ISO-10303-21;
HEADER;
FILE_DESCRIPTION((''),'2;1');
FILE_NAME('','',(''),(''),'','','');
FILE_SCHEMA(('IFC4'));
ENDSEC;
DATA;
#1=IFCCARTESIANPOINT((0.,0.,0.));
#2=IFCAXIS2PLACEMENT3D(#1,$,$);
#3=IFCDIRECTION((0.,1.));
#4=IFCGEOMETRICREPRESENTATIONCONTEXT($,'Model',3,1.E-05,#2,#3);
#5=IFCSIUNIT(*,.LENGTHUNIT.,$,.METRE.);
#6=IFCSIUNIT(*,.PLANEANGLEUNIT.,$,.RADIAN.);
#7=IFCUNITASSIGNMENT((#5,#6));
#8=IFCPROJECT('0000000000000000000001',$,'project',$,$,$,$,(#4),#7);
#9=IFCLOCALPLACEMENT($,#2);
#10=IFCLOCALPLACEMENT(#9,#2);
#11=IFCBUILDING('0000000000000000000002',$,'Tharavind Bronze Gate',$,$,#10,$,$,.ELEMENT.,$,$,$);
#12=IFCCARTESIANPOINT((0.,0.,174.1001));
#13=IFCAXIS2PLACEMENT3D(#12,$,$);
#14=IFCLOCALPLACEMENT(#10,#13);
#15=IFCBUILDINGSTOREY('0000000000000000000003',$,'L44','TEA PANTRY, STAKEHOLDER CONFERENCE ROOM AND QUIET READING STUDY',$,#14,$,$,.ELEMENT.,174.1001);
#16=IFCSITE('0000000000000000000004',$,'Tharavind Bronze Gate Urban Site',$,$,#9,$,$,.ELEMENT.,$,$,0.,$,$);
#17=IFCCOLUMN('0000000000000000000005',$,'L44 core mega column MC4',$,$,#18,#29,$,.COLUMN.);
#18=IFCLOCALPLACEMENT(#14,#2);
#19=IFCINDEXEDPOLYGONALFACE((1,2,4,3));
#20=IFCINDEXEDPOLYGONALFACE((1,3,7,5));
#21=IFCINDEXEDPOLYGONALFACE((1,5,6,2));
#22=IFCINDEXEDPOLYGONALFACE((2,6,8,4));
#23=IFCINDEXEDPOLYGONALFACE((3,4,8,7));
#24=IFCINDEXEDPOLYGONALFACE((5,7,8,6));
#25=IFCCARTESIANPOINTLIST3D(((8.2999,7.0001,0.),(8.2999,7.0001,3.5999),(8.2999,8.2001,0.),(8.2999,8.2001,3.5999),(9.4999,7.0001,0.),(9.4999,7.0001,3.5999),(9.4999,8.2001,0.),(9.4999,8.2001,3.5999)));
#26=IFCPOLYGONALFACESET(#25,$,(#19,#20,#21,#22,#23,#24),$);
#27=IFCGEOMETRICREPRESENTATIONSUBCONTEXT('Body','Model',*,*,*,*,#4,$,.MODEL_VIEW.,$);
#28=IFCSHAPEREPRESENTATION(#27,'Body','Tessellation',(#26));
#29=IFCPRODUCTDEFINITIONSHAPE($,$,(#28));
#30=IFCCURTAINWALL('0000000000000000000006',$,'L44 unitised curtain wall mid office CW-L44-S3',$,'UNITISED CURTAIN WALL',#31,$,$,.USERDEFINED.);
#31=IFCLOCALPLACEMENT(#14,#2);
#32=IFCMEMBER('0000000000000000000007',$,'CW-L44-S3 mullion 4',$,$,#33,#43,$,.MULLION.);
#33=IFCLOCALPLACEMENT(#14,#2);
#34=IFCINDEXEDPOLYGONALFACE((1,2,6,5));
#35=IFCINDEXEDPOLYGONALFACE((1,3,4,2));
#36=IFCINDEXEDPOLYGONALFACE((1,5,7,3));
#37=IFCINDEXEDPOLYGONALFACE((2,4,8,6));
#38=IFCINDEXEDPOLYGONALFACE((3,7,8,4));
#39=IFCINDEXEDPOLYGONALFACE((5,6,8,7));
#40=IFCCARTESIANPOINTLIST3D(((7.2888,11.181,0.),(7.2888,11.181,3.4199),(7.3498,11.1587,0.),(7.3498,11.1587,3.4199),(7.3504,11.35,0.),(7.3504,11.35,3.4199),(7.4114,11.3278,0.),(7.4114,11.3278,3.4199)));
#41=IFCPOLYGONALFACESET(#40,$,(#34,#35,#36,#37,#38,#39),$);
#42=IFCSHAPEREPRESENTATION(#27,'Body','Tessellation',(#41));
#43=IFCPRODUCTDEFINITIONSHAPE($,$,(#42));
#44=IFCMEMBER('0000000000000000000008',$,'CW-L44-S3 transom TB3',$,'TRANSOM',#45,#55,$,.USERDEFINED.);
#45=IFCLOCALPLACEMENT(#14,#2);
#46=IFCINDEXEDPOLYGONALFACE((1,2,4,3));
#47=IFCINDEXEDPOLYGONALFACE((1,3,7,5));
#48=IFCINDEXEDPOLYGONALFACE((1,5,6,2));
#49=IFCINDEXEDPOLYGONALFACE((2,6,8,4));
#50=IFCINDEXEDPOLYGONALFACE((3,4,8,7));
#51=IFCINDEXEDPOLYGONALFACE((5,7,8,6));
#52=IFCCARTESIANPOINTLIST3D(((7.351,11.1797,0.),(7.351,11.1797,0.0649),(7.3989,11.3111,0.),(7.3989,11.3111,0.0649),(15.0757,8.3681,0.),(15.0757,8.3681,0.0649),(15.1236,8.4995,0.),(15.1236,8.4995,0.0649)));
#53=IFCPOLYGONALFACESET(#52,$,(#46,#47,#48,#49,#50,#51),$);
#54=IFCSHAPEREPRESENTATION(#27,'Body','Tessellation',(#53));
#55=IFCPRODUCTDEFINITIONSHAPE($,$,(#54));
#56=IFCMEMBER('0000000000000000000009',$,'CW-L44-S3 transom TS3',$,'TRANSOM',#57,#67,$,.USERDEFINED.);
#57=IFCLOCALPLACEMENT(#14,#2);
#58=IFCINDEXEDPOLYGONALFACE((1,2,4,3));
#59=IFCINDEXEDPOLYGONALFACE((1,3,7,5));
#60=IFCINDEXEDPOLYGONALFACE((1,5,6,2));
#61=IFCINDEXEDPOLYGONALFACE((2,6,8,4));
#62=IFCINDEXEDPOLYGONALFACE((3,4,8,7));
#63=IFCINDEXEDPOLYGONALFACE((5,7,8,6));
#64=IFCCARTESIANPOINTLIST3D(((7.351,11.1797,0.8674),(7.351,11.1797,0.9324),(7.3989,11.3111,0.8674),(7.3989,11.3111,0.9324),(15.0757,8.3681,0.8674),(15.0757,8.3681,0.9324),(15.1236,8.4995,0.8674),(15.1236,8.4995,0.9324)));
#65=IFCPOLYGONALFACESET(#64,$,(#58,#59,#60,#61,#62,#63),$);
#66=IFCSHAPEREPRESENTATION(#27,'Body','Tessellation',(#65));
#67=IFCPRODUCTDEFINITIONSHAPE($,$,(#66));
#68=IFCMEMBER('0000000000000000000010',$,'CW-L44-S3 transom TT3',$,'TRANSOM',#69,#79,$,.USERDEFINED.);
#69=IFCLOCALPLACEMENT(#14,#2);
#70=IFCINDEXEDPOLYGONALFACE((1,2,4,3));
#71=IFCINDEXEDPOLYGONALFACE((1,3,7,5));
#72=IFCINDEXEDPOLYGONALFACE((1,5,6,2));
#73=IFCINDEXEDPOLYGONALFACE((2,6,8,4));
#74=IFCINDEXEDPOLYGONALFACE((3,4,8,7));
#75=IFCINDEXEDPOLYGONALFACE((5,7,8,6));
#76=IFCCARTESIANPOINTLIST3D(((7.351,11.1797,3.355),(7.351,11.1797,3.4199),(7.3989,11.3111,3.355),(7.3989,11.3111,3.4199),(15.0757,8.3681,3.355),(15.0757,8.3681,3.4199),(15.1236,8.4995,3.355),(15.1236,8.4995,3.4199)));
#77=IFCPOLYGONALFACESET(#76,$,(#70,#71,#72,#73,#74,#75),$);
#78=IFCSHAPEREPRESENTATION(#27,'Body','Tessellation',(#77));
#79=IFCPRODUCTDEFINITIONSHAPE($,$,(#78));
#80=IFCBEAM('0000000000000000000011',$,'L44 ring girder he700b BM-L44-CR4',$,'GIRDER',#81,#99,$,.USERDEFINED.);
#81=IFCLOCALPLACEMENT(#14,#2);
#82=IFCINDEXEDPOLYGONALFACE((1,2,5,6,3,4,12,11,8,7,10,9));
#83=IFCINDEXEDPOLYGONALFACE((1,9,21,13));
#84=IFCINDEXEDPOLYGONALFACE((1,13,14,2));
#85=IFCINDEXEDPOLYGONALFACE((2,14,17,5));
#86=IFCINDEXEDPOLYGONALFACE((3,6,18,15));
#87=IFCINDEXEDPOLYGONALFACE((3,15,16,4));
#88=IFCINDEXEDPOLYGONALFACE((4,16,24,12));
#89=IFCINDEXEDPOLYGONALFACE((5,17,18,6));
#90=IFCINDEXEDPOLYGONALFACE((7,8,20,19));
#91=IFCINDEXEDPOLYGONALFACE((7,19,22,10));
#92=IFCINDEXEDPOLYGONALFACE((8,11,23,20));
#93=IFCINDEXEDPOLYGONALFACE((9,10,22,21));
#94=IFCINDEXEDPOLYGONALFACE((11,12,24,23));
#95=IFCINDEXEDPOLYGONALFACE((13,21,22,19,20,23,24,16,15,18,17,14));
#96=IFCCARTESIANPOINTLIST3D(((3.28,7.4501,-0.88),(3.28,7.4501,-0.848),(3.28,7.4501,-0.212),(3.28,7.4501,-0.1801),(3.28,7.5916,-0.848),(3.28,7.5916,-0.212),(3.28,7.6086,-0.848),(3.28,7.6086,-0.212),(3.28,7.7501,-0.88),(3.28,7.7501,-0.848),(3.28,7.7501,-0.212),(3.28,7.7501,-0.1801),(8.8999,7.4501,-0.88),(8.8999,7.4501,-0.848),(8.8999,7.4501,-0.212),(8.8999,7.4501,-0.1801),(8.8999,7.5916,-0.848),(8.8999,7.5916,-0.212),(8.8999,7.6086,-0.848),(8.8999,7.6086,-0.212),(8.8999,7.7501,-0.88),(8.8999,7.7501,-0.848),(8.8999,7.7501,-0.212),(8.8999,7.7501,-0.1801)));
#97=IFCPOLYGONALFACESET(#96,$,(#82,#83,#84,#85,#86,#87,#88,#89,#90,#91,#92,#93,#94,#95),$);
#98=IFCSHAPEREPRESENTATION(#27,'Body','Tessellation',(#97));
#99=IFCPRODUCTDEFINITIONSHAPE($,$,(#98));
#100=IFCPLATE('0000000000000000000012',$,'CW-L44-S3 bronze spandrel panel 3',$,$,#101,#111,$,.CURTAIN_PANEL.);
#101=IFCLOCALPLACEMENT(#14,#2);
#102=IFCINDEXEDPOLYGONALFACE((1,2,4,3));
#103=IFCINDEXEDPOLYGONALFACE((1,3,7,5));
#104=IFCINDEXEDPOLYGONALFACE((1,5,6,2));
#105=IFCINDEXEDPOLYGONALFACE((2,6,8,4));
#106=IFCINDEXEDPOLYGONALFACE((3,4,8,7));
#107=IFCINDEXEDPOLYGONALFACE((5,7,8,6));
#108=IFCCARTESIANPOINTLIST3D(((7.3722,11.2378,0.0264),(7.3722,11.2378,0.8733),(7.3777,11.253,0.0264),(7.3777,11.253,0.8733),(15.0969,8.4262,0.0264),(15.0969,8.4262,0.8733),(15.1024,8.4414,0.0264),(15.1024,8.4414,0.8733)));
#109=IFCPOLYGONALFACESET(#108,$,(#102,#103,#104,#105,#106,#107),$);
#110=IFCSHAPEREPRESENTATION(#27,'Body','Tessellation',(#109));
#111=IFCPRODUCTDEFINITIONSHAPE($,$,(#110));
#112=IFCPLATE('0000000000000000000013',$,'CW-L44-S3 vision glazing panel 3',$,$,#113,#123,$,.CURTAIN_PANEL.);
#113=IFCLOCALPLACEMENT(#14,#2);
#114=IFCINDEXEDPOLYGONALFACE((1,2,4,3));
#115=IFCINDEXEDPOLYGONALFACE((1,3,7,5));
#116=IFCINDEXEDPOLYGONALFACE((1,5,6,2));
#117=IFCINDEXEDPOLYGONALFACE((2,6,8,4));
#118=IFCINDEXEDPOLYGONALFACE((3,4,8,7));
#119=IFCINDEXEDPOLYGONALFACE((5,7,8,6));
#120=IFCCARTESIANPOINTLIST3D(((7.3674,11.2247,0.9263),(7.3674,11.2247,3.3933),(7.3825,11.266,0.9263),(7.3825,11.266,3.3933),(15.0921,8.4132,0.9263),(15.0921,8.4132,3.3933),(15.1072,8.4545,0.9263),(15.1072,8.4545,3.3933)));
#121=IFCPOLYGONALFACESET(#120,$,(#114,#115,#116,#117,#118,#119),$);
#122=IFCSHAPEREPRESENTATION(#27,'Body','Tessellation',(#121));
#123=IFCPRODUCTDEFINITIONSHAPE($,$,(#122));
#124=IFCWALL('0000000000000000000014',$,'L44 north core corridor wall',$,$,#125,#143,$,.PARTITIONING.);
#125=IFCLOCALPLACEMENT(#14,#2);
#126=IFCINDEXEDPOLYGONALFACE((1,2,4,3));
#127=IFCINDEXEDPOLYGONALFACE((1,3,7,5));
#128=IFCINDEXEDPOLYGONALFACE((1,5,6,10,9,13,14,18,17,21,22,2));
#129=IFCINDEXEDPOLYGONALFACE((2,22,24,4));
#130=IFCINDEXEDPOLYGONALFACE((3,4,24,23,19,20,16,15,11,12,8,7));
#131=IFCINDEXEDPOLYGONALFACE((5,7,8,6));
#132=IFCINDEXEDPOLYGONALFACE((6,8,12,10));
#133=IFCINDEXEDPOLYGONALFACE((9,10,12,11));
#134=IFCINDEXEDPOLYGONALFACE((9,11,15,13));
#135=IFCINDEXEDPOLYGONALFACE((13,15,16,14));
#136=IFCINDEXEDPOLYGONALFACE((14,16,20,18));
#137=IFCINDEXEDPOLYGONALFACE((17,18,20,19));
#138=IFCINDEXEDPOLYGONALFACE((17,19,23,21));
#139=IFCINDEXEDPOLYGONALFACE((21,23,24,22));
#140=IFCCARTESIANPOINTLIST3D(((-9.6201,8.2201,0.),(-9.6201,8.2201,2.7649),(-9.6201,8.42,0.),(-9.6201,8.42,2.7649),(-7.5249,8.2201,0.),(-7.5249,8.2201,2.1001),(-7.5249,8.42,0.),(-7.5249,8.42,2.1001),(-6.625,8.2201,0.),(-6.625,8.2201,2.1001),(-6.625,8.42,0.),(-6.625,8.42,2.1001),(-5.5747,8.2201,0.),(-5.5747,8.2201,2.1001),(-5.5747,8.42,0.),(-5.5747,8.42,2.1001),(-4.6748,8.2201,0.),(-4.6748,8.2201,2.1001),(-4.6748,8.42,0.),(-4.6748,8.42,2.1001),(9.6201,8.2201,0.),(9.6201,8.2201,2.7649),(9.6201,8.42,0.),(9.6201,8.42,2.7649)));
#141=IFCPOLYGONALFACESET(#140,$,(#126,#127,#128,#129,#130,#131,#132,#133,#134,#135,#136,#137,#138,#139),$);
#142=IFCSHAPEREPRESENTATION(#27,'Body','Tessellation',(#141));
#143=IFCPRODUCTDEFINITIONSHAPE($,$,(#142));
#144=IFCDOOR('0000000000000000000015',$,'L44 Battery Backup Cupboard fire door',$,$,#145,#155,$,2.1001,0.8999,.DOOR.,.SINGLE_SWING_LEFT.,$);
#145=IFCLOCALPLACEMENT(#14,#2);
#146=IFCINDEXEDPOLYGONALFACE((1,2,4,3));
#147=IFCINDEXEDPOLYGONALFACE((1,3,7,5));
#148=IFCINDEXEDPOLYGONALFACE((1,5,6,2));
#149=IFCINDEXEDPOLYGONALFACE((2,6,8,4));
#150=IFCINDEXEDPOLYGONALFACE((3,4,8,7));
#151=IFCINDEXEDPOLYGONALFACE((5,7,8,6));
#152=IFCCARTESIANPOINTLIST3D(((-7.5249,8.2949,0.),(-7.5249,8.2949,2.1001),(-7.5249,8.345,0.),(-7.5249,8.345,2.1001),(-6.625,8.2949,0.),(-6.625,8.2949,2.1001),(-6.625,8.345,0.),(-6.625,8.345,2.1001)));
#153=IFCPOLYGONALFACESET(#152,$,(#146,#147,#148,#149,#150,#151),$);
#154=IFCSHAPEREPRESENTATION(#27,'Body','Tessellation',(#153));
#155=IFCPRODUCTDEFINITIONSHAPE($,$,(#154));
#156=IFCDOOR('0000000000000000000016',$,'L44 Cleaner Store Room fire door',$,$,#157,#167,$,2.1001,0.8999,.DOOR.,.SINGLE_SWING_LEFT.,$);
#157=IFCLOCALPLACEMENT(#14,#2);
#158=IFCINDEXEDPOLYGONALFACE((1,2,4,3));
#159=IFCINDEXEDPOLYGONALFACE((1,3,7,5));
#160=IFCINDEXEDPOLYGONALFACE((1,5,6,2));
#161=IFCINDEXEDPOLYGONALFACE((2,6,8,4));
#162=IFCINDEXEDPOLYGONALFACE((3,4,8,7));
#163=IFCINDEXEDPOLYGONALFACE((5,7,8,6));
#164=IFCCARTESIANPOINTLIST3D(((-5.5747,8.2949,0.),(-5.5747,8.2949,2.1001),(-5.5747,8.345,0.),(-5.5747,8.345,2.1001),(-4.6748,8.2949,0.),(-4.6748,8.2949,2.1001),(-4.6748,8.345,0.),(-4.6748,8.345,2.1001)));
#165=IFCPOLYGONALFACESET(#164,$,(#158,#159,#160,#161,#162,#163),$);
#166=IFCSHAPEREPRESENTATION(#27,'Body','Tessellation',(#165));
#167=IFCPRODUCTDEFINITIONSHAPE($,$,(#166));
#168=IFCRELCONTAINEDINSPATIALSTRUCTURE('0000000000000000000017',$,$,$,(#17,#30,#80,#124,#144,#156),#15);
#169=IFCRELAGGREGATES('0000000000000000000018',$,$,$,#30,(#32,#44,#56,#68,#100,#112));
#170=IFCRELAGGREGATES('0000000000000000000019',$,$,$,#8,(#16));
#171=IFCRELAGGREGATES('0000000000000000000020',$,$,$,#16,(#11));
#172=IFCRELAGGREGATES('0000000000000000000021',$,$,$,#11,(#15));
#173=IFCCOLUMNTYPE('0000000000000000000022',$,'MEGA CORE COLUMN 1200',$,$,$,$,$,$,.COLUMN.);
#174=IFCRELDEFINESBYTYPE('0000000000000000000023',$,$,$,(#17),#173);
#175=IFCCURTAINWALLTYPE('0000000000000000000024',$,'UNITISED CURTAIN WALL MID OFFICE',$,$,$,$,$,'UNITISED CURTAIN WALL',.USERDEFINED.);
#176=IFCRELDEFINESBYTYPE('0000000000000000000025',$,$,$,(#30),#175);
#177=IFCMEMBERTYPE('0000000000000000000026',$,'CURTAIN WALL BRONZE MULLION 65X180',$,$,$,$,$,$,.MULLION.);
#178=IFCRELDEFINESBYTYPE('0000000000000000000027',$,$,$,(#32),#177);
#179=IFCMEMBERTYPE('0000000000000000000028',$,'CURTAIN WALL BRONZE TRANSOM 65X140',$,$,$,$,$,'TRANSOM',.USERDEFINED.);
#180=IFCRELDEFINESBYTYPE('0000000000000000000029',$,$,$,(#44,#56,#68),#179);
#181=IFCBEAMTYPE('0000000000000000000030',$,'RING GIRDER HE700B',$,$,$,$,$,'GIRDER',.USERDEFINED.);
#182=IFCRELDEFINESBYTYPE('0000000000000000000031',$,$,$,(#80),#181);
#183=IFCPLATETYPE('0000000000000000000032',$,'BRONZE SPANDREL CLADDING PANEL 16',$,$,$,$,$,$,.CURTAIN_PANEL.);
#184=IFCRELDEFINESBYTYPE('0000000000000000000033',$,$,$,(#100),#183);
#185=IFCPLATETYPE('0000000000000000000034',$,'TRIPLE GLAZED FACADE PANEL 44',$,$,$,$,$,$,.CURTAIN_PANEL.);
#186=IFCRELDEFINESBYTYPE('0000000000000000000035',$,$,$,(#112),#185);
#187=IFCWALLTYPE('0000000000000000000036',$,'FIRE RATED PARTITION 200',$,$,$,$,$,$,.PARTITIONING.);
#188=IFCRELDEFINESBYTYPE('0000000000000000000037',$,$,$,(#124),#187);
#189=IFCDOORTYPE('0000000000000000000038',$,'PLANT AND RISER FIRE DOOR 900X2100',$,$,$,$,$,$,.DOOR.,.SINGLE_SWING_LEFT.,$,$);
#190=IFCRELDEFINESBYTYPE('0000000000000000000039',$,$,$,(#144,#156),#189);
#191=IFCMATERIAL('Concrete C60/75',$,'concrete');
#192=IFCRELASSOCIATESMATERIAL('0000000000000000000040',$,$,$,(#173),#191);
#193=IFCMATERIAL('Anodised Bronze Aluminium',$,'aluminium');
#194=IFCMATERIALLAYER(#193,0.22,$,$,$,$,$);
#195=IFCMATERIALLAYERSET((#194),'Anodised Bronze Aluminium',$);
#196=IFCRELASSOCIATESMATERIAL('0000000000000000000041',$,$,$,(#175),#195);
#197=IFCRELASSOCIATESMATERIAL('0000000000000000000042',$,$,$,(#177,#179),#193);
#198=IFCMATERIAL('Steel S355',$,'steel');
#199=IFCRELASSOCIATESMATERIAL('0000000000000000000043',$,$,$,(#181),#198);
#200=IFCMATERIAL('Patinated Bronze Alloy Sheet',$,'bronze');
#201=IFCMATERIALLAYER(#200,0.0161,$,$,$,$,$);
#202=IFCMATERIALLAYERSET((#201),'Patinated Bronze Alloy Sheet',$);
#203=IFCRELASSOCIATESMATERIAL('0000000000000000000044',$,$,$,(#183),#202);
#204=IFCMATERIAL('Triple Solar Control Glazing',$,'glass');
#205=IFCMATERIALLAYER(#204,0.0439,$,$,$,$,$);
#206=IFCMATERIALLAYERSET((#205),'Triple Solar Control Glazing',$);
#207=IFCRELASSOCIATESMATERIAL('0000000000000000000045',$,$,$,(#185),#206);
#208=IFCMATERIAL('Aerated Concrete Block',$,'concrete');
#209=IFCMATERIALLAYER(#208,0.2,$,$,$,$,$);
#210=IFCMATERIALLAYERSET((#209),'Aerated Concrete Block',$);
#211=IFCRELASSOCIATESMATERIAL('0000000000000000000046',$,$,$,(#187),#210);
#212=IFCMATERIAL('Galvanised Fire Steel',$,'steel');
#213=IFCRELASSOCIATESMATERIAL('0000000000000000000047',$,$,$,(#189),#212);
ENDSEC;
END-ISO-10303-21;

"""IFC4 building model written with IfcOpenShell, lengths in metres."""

from ifc_helpers import new_model, si_unit, direction, frame, frame_2d, origin, origin_2d, place, context, subcontext, project, spatial, rectangle, i_section, extrude, material, layer, layer_set, material_profile, profile_set, type_object, element, fill, aggregate, save


model = new_model("IFC4")

# Units and contexts
model_context = context("Model", 3, precision=1e-05, world=origin(), true_north=direction((0.0, 1.0)))
body_context = subcontext(model_context, "Body", "Model", "MODEL_VIEW")
ifc_project = project(units=[si_unit("LENGTHUNIT", "METRE"), si_unit("PLANEANGLEUNIT", "RADIAN")], contexts=[model_context])

# Site, building, storey
site_placement = place(None, origin())
site = spatial("IfcSite", under=ifc_project, at=site_placement, Name="Tharavind Bronze Gate Urban Site", CompositionType="ELEMENT", RefElevation=0.0)
building_placement = place(site_placement, origin())
building = spatial("IfcBuilding", under=site, at=building_placement, Name="Tharavind Bronze Gate", CompositionType="ELEMENT")
storey_placement = place(building_placement, frame((0.0, 0.0, 174.1001)))
storey = spatial("IfcBuildingStorey", under=building, at=storey_placement, Name="L44", Description="TEA PANTRY, STAKEHOLDER CONFERENCE ROOM AND QUIET READING STUDY", CompositionType="ELEMENT", Elevation=174.1001)

# Column
ifc_material_1 = material(Name="Concrete C60/75", Category="concrete")
ifc_material_profile_1 = material_profile(ifc_material_1, rectangle(XDim=1.2, YDim=1.2, at=origin_2d()), Name="RCCOL1200")
ifc_profile_set_1 = profile_set([ifc_material_profile_1], Name="Concrete C60/75")
column_type = type_object("IfcColumnType", Name="MEGA CORE COLUMN 1200", PredefinedType="COLUMN", material=ifc_profile_set_1)
column_placement = place(storey_placement, frame((8.8999, 7.6001, 0.0), z_axis=(0.0, 0.0, 1.0), x_axis=(1.0, 0.0, 0.0)))
element("IfcColumn", 1, at=column_placement, inside=storey, type_object=column_type, Name="L44 core mega column MC4", PredefinedType="COLUMN", context=body_context, shape_type="SweptSolid", body=[
    extrude(rectangle(XDim=1.2, YDim=1.2, at=origin_2d()), origin(), (0.0, 0.0, 1.0), 3.5999),
])

# Curtain wall, members
ifc_material_2 = material(Name="Anodised Bronze Aluminium", Category="aluminium")
ifc_layer_1 = layer(ifc_material_2, 0.22)
ifc_layer_set_1 = layer_set([ifc_layer_1], Name="Anodised Bronze Aluminium")
curtain_wall_type = type_object("IfcCurtainWallType", Name="UNITISED CURTAIN WALL MID OFFICE", ElementType="UNITISED CURTAIN WALL", PredefinedType="USERDEFINED", material=ifc_layer_set_1)
curtain_wall_placement = place(storey_placement, origin())
curtain_wall = element("IfcCurtainWall", 2, at=curtain_wall_placement, inside=storey, type_object=curtain_wall_type, Name="L44 unitised curtain wall mid office CW-L44-S3", ObjectType="UNITISED CURTAIN WALL", PredefinedType="USERDEFINED")
member_type_1 = type_object("IfcMemberType", Name="CURTAIN WALL BRONZE MULLION 65X180", PredefinedType="MULLION", material=ifc_material_2)
member_1_placement = place(storey_placement, frame((7.3501, 11.2544, 0.0), z_axis=(0.0, 0.0, 1.0), x_axis=(-0.939692, 0.342022, 0.0)))
member_1 = element("IfcMember", 3, at=member_1_placement, type_object=member_type_1, Name="CW-L44-S3 mullion 4", PredefinedType="MULLION", context=body_context, shape_type="SweptSolid", body=[
    extrude(rectangle(XDim=0.0649, YDim=0.1799, at=origin_2d()), origin(), (0.0, 0.0, 1.0), 3.4199),
])
member_type_2 = type_object("IfcMemberType", Name="CURTAIN WALL BRONZE TRANSOM 65X140", ElementType="TRANSOM", PredefinedType="USERDEFINED", material=ifc_material_2)
member_2_placement = place(storey_placement, frame((11.2373, 9.8396, 0.0), z_axis=(0.0, 0.0, 1.0), x_axis=(-0.939692, 0.342022, 0.0)))
member_2 = element("IfcMember", 4, at=member_2_placement, type_object=member_type_2, Name="CW-L44-S3 transom TB3", ObjectType="TRANSOM", PredefinedType="USERDEFINED", context=body_context, shape_type="SweptSolid", body=[
    extrude(rectangle(XDim=8.2205, YDim=0.1399, at=origin_2d()), origin(), (0.0, 0.0, 1.0), 0.0649),
])
member_3_placement = place(storey_placement, frame((11.2373, 9.8396, 0.8674), z_axis=(0.0, 0.0, 1.0), x_axis=(-0.939692, 0.342022, 0.0)))
member_3 = element("IfcMember", 5, at=member_3_placement, type_object=member_type_2, Name="CW-L44-S3 transom TS3", ObjectType="TRANSOM", PredefinedType="USERDEFINED", context=body_context, shape_type="SweptSolid", body=[
    extrude(rectangle(XDim=8.2205, YDim=0.1399, at=origin_2d()), origin(), (0.0, 0.0, 1.0), 0.0649),
])
member_4_placement = place(storey_placement, frame((11.2373, 9.8396, 3.355), z_axis=(0.0, 0.0, 1.0), x_axis=(-0.939692, 0.342022, 0.0)))
member_4 = element("IfcMember", 6, at=member_4_placement, type_object=member_type_2, Name="CW-L44-S3 transom TT3", ObjectType="TRANSOM", PredefinedType="USERDEFINED", context=body_context, shape_type="SweptSolid", body=[
    extrude(rectangle(XDim=8.2205, YDim=0.1399, at=origin_2d()), origin(), (0.0, 0.0, 1.0), 0.0649),
])

# Beam
ifc_material_3 = material(Name="Steel S355", Category="steel")
ifc_material_profile_2 = material_profile(ifc_material_3, i_section(OverallWidth=0.3, OverallDepth=0.7, WebThickness=0.0171, FlangeThickness=0.032, at=origin_2d()), Name="HE700B")
ifc_profile_set_2 = profile_set([ifc_material_profile_2], Name="Steel S355")
beam_type = type_object("IfcBeamType", Name="RING GIRDER HE700B", ElementType="GIRDER", PredefinedType="USERDEFINED", material=ifc_profile_set_2)
beam_placement = place(storey_placement, frame((8.8999, 7.6001, -0.53), z_axis=(-1.0, 0.0, 0.0), x_axis=(0.0, -1.0, 0.0)))
element("IfcBeam", 7, at=beam_placement, inside=storey, type_object=beam_type, Name="L44 ring girder he700b BM-L44-CR4", ObjectType="GIRDER", PredefinedType="USERDEFINED", context=body_context, shape_type="SweptSolid", body=[
    extrude(i_section(OverallWidth=0.3, OverallDepth=0.7, WebThickness=0.0171, FlangeThickness=0.032, at=origin_2d()), origin(), (0.0, 0.0, 1.0), 5.6199),
])

# Plates
ifc_material_4 = material(Name="Patinated Bronze Alloy Sheet", Category="bronze")
ifc_layer_2 = layer(ifc_material_4, 0.0161)
ifc_layer_set_2 = layer_set([ifc_layer_2], Name="Patinated Bronze Alloy Sheet")
plate_type_1 = type_object("IfcPlateType", Name="BRONZE SPANDREL CLADDING PANEL 16", PredefinedType="CURTAIN_PANEL", material=ifc_layer_set_2)
plate_1_placement = place(storey_placement, frame((11.2373, 9.8396, 0.0264), z_axis=(0.0, 0.0, 1.0), x_axis=(-0.939692, 0.342022, 0.0)))
plate_1 = element("IfcPlate", 8, at=plate_1_placement, type_object=plate_type_1, Name="CW-L44-S3 bronze spandrel panel 3", PredefinedType="CURTAIN_PANEL", context=body_context, shape_type="SweptSolid", body=[
    extrude(rectangle(XDim=8.2205, YDim=0.0161, at=origin_2d()), origin(), (0.0, 0.0, 1.0), 0.8469),
])
ifc_material_5 = material(Name="Triple Solar Control Glazing", Category="glass")
ifc_layer_3 = layer(ifc_material_5, 0.0439)
ifc_layer_set_3 = layer_set([ifc_layer_3], Name="Triple Solar Control Glazing")
plate_type_2 = type_object("IfcPlateType", Name="TRIPLE GLAZED FACADE PANEL 44", PredefinedType="CURTAIN_PANEL", material=ifc_layer_set_3)
plate_2_placement = place(storey_placement, frame((11.2373, 9.8396, 0.9263), z_axis=(0.0, 0.0, 1.0), x_axis=(-0.939692, 0.342022, 0.0)))
plate_2 = element("IfcPlate", 9, at=plate_2_placement, type_object=plate_type_2, Name="CW-L44-S3 vision glazing panel 3", PredefinedType="CURTAIN_PANEL", context=body_context, shape_type="SweptSolid", body=[
    extrude(rectangle(XDim=8.2205, YDim=0.0439, at=origin_2d()), origin(), (0.0, 0.0, 1.0), 2.467),
])
aggregate(curtain_wall, [member_1, member_2, member_3, member_4, plate_1, plate_2])

# Wall, openings, doors
ifc_material_6 = material(Name="Aerated Concrete Block", Category="concrete")
ifc_layer_4 = layer(ifc_material_6, 0.2)
ifc_layer_set_4 = layer_set([ifc_layer_4], Name="Aerated Concrete Block")
wall_type_1 = type_object("IfcWallType", Name="FIRE RATED PARTITION 200", PredefinedType="PARTITIONING", material=ifc_layer_set_4)
wall_1_placement = place(storey_placement, frame((9.6201, 8.3201, 0.0), z_axis=(0.0, 0.0, 1.0), x_axis=(-1.0, 0.0, 0.0)))
wall_1 = element("IfcWall", 10, at=wall_1_placement, inside=storey, type_object=wall_type_1, Name="L44 north core corridor wall", PredefinedType="PARTITIONING", context=body_context, shape_type="SweptSolid", body=[
    extrude(rectangle(XDim=19.2402, YDim=0.2, at=frame_2d((9.6201, 0.0))), origin(), (0.0, 0.0, 1.0), 2.7649),
])
opening_1_placement = place(wall_1_placement, frame((16.2451, 0.0, 0.0)))
opening_1 = element("IfcOpeningElement", 11, at=opening_1_placement, cuts=wall_1, PredefinedType="OPENING", context=body_context, shape_type="SweptSolid", body=[
    extrude(rectangle(XDim=0.8999, YDim=2.1001, at=frame_2d((0.45, 1.05))), frame((0.0, 0.1101, 0.0), z_axis=(0.0, -1.0, 0.0), x_axis=(1.0, 0.0, 0.0)), (0.0, 0.0, 1.0), 0.22),
])
opening_2_placement = place(wall_1_placement, frame((14.2949, 0.0, 0.0)))
opening_2 = element("IfcOpeningElement", 12, at=opening_2_placement, cuts=wall_1, PredefinedType="OPENING", context=body_context, shape_type="SweptSolid", body=[
    extrude(rectangle(XDim=0.8999, YDim=2.1001, at=frame_2d((0.45, 1.05))), frame((0.0, 0.1101, 0.0), z_axis=(0.0, -1.0, 0.0), x_axis=(1.0, 0.0, 0.0)), (0.0, 0.0, 1.0), 0.22),
])
ifc_material_7 = material(Name="Galvanised Fire Steel", Category="steel")
door_type_1 = type_object("IfcDoorType", Name="PLANT AND RISER FIRE DOOR 900X2100", OperationType="SINGLE_SWING_LEFT", PredefinedType="DOOR", material=ifc_material_7)
door_1_placement = place(opening_1_placement, frame((0.8999, 0.0, 0.0), z_axis=(0.0, 0.0, 1.0), x_axis=(-1.0, 0.0, 0.0)))
door_1 = element("IfcDoor", 13, at=door_1_placement, inside=storey, type_object=door_type_1, Name="L44 Battery Backup Cupboard fire door", OperationType="SINGLE_SWING_LEFT", OverallHeight=2.1001, OverallWidth=0.8999, PredefinedType="DOOR", context=body_context, shape_type="SweptSolid", body=[
    extrude(rectangle(XDim=0.8999, YDim=2.1001, at=frame_2d((0.45, 1.05))), frame((0.0, 0.0249, 0.0), z_axis=(0.0, -1.0, 0.0), x_axis=(1.0, 0.0, 0.0)), (0.0, 0.0, 1.0), 0.05),
])
fill(opening_1, door_1)
door_2_placement = place(opening_2_placement, frame((0.8999, 0.0, 0.0), z_axis=(0.0, 0.0, 1.0), x_axis=(-1.0, 0.0, 0.0)))
door_2 = element("IfcDoor", 14, at=door_2_placement, inside=storey, type_object=door_type_1, Name="L44 Cleaner Store Room fire door", OperationType="SINGLE_SWING_LEFT", OverallHeight=2.1001, OverallWidth=0.8999, PredefinedType="DOOR", context=body_context, shape_type="SweptSolid", body=[
    extrude(rectangle(XDim=0.8999, YDim=2.1001, at=frame_2d((0.45, 1.05))), frame((0.0, 0.0249, 0.0), z_axis=(0.0, -1.0, 0.0), x_axis=(1.0, 0.0, 0.0)), (0.0, 0.0, 1.0), 0.05),
])
fill(opening_2, door_2)

save(model, "model.ifc")
